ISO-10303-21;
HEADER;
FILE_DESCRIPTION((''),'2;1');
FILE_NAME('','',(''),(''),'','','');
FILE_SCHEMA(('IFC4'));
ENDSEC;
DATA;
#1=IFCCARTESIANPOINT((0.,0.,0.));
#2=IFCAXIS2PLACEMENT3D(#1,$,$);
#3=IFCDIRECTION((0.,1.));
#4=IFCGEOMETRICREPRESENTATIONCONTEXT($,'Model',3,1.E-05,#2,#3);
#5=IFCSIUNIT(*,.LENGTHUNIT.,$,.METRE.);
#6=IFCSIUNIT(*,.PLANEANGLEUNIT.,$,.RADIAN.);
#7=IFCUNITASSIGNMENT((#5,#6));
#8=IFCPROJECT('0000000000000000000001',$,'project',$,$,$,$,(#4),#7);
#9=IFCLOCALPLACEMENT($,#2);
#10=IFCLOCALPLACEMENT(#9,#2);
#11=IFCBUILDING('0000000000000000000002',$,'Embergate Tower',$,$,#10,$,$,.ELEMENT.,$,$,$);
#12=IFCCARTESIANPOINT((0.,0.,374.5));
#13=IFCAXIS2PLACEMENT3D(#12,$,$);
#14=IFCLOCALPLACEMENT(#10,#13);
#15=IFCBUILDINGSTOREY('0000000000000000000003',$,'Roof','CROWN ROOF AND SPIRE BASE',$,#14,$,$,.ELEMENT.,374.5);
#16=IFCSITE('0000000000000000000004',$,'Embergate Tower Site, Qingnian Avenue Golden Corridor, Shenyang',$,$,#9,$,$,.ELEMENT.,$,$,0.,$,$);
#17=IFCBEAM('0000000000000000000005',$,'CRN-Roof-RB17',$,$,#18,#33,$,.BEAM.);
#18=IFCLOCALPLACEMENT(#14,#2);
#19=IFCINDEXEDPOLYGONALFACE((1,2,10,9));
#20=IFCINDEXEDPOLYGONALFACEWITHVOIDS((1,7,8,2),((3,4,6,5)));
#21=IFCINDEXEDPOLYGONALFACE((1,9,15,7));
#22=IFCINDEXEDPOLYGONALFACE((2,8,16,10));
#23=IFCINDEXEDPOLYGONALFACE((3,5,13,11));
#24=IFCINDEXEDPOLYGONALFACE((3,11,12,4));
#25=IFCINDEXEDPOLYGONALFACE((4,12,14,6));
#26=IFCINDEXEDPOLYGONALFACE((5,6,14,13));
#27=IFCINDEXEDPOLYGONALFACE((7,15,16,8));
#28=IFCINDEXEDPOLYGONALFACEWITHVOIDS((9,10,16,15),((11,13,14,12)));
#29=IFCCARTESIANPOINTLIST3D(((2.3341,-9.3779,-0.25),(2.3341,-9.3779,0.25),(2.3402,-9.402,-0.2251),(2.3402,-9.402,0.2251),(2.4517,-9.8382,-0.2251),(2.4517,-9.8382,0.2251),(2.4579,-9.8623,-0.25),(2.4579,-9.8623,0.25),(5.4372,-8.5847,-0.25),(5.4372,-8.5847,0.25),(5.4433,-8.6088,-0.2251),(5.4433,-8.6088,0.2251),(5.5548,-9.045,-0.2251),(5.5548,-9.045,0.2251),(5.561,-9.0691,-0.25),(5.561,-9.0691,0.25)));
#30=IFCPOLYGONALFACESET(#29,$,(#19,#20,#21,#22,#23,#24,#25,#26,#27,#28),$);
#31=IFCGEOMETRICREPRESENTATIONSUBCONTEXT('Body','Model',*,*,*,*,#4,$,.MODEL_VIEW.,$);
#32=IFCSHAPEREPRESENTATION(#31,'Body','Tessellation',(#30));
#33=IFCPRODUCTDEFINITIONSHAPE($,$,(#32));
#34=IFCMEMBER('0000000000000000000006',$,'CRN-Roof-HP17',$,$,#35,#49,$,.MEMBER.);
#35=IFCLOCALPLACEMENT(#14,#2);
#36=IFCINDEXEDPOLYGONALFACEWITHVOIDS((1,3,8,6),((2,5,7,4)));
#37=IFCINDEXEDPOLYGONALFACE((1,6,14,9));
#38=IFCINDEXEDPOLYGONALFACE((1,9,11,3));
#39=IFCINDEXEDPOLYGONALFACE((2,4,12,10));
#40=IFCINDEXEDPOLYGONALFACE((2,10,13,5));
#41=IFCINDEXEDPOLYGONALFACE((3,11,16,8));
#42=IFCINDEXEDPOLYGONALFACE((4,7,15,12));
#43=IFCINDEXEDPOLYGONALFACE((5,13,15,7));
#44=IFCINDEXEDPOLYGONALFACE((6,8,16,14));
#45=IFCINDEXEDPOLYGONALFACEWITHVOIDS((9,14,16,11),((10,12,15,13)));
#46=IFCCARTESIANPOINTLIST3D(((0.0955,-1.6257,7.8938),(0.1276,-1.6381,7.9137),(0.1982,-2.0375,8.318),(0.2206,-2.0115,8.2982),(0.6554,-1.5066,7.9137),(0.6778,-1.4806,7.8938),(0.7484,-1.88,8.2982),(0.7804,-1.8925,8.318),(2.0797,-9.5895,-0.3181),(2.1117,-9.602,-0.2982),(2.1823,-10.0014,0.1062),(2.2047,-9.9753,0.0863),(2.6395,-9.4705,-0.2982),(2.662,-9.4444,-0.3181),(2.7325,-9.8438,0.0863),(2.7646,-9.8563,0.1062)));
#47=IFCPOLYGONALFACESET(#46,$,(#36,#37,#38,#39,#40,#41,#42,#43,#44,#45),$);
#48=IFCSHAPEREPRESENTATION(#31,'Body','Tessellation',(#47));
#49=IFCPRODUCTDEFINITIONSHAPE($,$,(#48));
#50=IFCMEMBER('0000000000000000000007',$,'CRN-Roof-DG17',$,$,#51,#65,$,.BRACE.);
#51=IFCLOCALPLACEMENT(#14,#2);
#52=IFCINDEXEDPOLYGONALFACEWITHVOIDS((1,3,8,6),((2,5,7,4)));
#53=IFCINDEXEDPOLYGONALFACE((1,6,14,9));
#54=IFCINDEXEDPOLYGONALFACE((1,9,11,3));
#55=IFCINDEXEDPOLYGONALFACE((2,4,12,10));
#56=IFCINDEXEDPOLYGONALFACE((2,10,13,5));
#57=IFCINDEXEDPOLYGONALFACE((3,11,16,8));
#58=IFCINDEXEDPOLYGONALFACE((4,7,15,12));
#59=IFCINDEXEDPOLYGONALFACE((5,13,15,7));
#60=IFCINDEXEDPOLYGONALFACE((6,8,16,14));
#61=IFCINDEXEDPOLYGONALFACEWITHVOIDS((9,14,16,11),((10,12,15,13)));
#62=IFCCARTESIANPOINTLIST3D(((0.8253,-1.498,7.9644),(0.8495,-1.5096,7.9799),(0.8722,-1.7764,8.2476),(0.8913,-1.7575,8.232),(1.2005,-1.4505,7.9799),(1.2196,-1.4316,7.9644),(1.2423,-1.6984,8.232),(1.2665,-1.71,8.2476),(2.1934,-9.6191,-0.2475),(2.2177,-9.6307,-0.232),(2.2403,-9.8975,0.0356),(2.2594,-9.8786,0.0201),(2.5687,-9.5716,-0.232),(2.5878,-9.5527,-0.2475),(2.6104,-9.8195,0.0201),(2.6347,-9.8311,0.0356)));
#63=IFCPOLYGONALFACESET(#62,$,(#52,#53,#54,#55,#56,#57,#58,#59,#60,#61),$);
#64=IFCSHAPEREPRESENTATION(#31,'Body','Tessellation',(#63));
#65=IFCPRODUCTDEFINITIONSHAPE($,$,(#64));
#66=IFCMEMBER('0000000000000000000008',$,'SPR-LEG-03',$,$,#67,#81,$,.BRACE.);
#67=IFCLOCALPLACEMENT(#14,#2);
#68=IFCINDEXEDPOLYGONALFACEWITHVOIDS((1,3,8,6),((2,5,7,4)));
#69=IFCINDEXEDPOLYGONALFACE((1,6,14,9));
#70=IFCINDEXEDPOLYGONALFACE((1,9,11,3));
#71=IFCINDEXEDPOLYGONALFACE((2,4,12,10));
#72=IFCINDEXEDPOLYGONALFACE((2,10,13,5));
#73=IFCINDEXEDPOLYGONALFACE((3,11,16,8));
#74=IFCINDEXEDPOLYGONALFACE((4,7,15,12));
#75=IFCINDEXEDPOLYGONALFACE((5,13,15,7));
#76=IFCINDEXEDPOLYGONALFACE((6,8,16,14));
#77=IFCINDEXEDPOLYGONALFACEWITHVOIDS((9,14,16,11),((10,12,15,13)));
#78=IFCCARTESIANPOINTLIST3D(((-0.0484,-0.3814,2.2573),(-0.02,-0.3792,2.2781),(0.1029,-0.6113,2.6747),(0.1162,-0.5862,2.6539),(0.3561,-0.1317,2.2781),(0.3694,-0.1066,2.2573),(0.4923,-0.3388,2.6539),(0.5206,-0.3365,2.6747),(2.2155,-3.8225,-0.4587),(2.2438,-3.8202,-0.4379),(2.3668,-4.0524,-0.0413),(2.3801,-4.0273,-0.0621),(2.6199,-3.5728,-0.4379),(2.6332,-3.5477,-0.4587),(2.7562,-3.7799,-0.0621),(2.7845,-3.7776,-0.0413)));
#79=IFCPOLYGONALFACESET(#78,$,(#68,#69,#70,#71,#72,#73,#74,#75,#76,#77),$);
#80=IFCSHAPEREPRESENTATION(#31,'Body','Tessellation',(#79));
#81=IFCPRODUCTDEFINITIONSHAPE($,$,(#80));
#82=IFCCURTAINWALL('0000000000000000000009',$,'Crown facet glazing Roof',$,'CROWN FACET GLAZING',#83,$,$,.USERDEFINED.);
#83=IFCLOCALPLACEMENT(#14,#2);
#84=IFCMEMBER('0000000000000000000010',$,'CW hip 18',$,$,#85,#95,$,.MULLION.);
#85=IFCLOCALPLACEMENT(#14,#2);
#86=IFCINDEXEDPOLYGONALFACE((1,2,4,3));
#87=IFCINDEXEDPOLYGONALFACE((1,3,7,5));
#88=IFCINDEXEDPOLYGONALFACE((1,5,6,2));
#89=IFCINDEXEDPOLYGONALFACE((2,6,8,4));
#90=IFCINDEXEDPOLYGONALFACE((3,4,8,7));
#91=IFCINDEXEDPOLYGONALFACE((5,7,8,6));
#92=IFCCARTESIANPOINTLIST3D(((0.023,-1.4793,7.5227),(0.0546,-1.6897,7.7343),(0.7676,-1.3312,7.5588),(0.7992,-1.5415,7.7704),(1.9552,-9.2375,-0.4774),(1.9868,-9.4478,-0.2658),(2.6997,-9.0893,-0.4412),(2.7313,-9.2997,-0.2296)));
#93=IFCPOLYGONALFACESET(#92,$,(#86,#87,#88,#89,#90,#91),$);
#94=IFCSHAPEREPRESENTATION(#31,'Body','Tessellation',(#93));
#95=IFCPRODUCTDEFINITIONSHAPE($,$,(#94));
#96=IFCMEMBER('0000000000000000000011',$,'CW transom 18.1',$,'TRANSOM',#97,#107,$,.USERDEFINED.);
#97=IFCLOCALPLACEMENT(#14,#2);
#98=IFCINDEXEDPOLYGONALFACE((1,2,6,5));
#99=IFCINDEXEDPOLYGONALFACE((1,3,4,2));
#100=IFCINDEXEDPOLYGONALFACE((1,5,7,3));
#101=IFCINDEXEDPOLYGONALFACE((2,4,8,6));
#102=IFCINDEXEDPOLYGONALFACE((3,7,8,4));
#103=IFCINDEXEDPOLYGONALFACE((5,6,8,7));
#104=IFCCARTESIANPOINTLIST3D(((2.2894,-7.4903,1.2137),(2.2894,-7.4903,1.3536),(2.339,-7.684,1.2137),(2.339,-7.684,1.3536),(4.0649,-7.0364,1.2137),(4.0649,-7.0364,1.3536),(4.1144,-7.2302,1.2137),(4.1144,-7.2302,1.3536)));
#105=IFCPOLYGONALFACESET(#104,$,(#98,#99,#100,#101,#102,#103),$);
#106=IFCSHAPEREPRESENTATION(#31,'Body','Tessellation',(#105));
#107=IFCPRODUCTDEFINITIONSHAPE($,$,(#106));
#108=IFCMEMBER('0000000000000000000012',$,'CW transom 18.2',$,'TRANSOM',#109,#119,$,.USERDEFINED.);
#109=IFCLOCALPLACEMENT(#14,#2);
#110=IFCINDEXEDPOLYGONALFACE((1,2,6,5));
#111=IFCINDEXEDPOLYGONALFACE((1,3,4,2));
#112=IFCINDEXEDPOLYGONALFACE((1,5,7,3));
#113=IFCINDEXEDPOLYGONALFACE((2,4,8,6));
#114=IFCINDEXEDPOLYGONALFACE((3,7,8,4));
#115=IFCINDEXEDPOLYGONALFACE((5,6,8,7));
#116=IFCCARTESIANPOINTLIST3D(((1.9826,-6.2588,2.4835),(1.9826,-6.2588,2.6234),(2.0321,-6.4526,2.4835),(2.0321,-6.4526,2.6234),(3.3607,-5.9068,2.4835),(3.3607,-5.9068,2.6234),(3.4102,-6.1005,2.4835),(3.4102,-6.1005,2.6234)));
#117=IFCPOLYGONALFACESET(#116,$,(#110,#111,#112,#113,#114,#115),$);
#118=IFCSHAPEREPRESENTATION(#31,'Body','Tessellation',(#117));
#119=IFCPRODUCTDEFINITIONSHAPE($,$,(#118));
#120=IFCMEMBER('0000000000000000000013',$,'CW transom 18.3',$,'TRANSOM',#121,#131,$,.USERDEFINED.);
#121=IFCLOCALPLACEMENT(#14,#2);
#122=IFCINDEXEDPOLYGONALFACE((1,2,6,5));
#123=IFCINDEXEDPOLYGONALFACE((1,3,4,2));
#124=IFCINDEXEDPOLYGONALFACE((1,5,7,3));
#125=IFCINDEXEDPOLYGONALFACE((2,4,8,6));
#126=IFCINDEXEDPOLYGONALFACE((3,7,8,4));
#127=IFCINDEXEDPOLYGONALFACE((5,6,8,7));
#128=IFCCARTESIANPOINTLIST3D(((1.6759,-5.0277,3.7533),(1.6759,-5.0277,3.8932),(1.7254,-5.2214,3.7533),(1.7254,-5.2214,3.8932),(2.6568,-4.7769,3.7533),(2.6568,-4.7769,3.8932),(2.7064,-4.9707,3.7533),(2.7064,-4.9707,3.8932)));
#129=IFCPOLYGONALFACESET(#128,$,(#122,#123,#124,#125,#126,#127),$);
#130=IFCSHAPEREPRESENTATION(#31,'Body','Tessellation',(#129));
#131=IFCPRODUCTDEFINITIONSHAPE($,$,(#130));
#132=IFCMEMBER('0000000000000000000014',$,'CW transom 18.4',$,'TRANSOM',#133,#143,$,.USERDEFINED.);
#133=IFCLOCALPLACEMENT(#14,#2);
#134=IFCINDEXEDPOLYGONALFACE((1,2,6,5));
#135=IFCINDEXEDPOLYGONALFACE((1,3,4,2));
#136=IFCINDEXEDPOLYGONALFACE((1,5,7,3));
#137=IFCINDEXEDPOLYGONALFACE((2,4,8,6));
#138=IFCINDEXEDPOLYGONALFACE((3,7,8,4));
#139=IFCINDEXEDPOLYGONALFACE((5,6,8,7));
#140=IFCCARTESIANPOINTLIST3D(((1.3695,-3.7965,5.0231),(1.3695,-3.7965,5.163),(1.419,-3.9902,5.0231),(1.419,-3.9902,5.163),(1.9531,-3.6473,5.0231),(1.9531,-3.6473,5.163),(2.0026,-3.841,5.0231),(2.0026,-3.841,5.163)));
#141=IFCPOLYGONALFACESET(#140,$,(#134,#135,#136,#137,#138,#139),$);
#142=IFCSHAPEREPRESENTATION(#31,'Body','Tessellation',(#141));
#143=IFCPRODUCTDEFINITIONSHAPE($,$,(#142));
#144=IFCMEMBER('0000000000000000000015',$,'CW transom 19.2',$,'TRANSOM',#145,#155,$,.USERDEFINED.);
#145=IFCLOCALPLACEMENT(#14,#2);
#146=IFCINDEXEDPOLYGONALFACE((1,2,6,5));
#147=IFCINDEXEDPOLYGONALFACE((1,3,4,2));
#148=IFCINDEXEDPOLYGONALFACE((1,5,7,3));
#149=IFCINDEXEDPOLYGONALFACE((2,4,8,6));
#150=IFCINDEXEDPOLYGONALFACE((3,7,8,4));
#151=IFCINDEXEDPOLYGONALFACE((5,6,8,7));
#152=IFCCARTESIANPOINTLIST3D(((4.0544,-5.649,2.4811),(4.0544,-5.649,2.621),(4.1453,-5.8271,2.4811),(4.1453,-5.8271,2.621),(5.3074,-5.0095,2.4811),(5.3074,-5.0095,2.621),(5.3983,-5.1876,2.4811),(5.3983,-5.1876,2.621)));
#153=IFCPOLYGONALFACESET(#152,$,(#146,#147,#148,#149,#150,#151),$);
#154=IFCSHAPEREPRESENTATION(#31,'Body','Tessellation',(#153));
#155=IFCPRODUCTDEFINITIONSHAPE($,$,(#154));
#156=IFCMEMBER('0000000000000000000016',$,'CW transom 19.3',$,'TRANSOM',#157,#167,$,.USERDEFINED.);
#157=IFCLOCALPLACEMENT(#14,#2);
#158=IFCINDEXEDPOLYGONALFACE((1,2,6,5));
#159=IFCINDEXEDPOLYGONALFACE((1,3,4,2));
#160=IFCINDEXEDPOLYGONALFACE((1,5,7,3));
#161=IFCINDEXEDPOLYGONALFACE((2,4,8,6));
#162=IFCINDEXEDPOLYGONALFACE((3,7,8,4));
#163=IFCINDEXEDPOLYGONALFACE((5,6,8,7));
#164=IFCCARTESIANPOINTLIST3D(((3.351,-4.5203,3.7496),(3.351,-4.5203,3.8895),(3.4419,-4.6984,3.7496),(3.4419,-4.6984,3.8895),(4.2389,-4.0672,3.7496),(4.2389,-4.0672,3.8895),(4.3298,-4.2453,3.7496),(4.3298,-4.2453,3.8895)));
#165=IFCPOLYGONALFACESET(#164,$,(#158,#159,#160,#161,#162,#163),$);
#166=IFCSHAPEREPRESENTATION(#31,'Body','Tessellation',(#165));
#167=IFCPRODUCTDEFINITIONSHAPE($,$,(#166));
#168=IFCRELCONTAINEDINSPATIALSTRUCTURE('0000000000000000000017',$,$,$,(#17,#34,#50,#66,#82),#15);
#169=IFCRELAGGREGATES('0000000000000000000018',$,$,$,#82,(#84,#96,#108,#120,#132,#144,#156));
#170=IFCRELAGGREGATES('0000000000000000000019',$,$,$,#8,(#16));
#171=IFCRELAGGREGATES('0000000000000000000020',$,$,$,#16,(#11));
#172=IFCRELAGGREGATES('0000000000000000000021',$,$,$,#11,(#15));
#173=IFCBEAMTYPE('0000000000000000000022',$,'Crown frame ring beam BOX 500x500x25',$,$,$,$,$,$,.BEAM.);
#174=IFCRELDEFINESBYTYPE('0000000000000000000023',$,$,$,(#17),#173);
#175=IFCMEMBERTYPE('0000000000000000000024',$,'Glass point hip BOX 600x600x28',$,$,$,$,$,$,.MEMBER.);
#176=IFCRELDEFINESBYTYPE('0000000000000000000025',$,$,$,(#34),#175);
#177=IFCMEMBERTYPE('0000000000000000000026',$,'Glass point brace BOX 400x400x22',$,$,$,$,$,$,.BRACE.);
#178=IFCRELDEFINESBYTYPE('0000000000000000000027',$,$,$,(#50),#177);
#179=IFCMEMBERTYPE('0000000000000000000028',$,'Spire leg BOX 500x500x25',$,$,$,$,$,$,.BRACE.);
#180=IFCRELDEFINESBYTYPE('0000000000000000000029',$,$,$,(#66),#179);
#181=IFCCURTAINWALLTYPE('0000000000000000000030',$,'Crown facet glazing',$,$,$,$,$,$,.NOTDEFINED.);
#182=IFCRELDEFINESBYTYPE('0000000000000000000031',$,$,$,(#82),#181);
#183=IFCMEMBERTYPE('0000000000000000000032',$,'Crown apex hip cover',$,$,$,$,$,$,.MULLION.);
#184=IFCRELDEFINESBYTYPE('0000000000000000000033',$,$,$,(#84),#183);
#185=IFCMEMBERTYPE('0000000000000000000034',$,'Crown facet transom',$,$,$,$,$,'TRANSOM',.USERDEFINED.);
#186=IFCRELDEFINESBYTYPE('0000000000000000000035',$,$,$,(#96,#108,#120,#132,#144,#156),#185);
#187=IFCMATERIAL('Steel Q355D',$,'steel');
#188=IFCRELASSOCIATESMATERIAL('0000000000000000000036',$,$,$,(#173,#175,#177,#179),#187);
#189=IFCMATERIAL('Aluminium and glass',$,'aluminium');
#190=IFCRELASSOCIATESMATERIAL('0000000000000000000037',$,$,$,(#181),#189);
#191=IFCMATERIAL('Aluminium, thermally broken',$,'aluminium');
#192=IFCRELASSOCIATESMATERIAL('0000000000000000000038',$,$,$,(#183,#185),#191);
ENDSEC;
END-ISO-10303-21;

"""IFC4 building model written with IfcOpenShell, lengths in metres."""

from ifc_helpers import new_model, si_unit, direction, frame, origin, origin_2d, place, context, subcontext, project, spatial, rectangle, hollow_rectangle, extrude, source, transform, mapped, material, material_profile, profile_set, type_object, element, aggregate, save


model = new_model("IFC4")

# Units and contexts
model_context = context("Model", 3, precision=1e-05, world=origin(), true_north=direction((0.0, 1.0)))
body_context = subcontext(model_context, "Body", "Model", "MODEL_VIEW")
ifc_project = project(units=[si_unit("LENGTHUNIT", "METRE"), si_unit("PLANEANGLEUNIT", "RADIAN")], contexts=[model_context])

# Site, building, storey
site_placement = place(None, origin())
site = spatial("IfcSite", under=ifc_project, at=site_placement, Name="Embergate Tower Site, Qingnian Avenue Golden Corridor, Shenyang", CompositionType="ELEMENT", RefElevation=0.0)
building_placement = place(site_placement, origin())
building = spatial("IfcBuilding", under=site, at=building_placement, Name="Embergate Tower", CompositionType="ELEMENT")
storey_placement = place(building_placement, frame((0.0, 0.0, 374.5)))
storey = spatial("IfcBuildingStorey", under=building, at=storey_placement, Name="Roof", Description="CROWN ROOF AND SPIRE BASE", CompositionType="ELEMENT", Elevation=374.5)

# Beam
ifc_material_1 = material(Name="Steel Q355D", Category="steel")
ifc_material_profile_1 = material_profile(ifc_material_1, hollow_rectangle(XDim=0.5, YDim=0.5, WallThickness=0.0249, at=origin_2d()), Name="BOX 500x500x25")
ifc_profile_set_1 = profile_set([ifc_material_profile_1], Name="Steel Q355 grade D")
beam_type = type_object("IfcBeamType", Name="Crown frame ring beam BOX 500x500x25", PredefinedType="BEAM", material=ifc_profile_set_1)
shared_shape_1 = source(origin(), body_context, "Body", "SweptSolid", [
    extrude(hollow_rectangle(XDim=0.5, YDim=0.5, WallThickness=0.0249, at=origin_2d()), origin(), (0.0, 0.0, 1.0), 3.2029),
])
beam_placement = place(storey_placement, frame((2.396, -9.6201, 0.0), z_axis=(0.968847, 0.247662, 0.0), x_axis=(-0.247662, 0.968847, 0.0)))
element("IfcBeam", 1, at=beam_placement, inside=storey, type_object=beam_type, Name="CRN-Roof-RB17", PredefinedType="BEAM", context=body_context, shape_type="MappedRepresentation", body=[
    mapped(shared_shape_1, transform((0.0, 0.0, 0.0))),
])

# Members
ifc_material_profile_2 = material_profile(ifc_material_1, hollow_rectangle(XDim=0.6001, YDim=0.6001, WallThickness=0.0281, at=origin_2d()), Name="BOX 600x600x28")
ifc_profile_set_2 = profile_set([ifc_material_profile_2], Name="Steel Q355 grade D")
member_type_1 = type_object("IfcMemberType", Name="Glass point hip BOX 600x600x28", PredefinedType="MEMBER", material=ifc_profile_set_2)
shared_shape_2 = source(origin(), body_context, "Body", "SweptSolid", [
    extrude(hollow_rectangle(XDim=0.6001, YDim=0.6001, WallThickness=0.0281, at=origin_2d()), origin(), (0.0, 0.0, 1.0), 11.6101),
])
member_1_placement = place(storey_placement, frame((2.4221, -9.7229, -0.106), z_axis=(-0.170896, 0.68594, 0.707305), x_axis=(-0.970338, -0.241752, 0.0)))
element("IfcMember", 2, at=member_1_placement, inside=storey, type_object=member_type_1, Name="CRN-Roof-HP17", PredefinedType="MEMBER", context=body_context, shape_type="MappedRepresentation", body=[
    mapped(shared_shape_2, transform((0.0, 0.0, 0.0))),
])
ifc_material_profile_3 = material_profile(ifc_material_1, hollow_rectangle(XDim=0.3999, YDim=0.3999, WallThickness=0.022, at=origin_2d()), Name="BOX 400x400x22")
ifc_profile_set_3 = profile_set([ifc_material_profile_3], Name="Steel Q355 grade D")
member_type_2 = type_object("IfcMemberType", Name="Glass point brace BOX 400x400x22", PredefinedType="BRACE", material=ifc_profile_set_3)
shared_shape_3 = source(origin(), body_context, "Body", "SweptSolid", [
    extrude(hollow_rectangle(XDim=0.3999, YDim=0.3999, WallThickness=0.022, at=origin_2d()), origin(), (0.0, 0.0, 1.0), 11.6301),
])
member_2_placement = place(storey_placement, frame((2.4141, -9.7251, -0.106), z_axis=(-0.11764, 0.698281, 0.706091), x_axis=(-0.986104, -0.166129, 0.0)))
element("IfcMember", 3, at=member_2_placement, inside=storey, type_object=member_type_2, Name="CRN-Roof-DG17", PredefinedType="BRACE", context=body_context, shape_type="MappedRepresentation", body=[
    mapped(shared_shape_3, transform((0.0, 0.0, 0.0))),
])
ifc_material_profile_4 = material_profile(ifc_material_1, hollow_rectangle(XDim=0.5, YDim=0.5, WallThickness=0.0249, at=origin_2d()), Name="BOX 500x500x25")
ifc_profile_set_4 = profile_set([ifc_material_profile_4], Name="Steel Q355 grade D")
member_type_3 = type_object("IfcMemberType", Name="Spire leg BOX 500x500x25", PredefinedType="BRACE", material=ifc_profile_set_4)
shared_shape_4 = source(origin(), body_context, "Body", "SweptSolid", [
    extrude(hollow_rectangle(XDim=0.5, YDim=0.5, WallThickness=0.0249, at=origin_2d()), origin(), (0.0, 0.0, 1.0), 4.9338),
])
member_3_placement = place(storey_placement, frame((2.5, -3.8, -0.25), z_axis=(-0.458844, 0.697445, 0.550484), x_axis=(-0.835418, -0.549615, 0.0)))
element("IfcMember", 4, at=member_3_placement, inside=storey, type_object=member_type_3, Name="SPR-LEG-03", PredefinedType="BRACE", context=body_context, shape_type="MappedRepresentation", body=[
    mapped(shared_shape_4, transform((0.0, 0.0, 0.0))),
])

# Curtain wall, members
ifc_material_2 = material(Name="Aluminium and glass", Category="aluminium")
curtain_wall_type = type_object("IfcCurtainWallType", Name="Crown facet glazing", PredefinedType="NOTDEFINED", material=ifc_material_2)
curtain_wall_placement = place(storey_placement, origin())
curtain_wall = element("IfcCurtainWall", 5, at=curtain_wall_placement, inside=storey, type_object=curtain_wall_type, Name="Crown facet glazing Roof", ObjectType="CROWN FACET GLAZING", PredefinedType="USERDEFINED")
ifc_material_3 = material(Name="Aluminium, thermally broken", Category="aluminium")
ifc_material_profile_5 = material_profile(ifc_material_3, rectangle(XDim=0.3, YDim=0.76, at=origin_2d()), Name="AL 760x300")
ifc_profile_set_5 = profile_set([ifc_material_profile_5], Name="Aluminium, thermally broken")
member_type_4 = type_object("IfcMemberType", Name="Crown apex hip cover", PredefinedType="MULLION", material=ifc_profile_set_5)
shared_shape_5 = source(origin(), body_context, "Body", "SweptSolid", [
    extrude(rectangle(XDim=0.3, YDim=0.76, at=origin_2d()), origin(), (0.0, 0.0, 1.0), 11.3103),
])
member_4_placement = place(storey_placement, frame((2.3433, -9.2686, -0.3535), z_axis=(-0.170831, 0.685935, 0.707326), x_axis=(0.10525, -0.701068, 0.705285)))
member_4 = element("IfcMember", 6, at=member_4_placement, type_object=member_type_4, Name="CW hip 18", PredefinedType="MULLION", context=body_context, shape_type="MappedRepresentation", body=[
    mapped(shared_shape_5, transform((0.0, 0.0, 0.0))),
])
ifc_material_profile_6 = material_profile(ifc_material_3, rectangle(XDim=0.2, YDim=0.1399, at=origin_2d()), Name="AL 140x200")
ifc_profile_set_6 = profile_set([ifc_material_profile_6], Name="Aluminium, thermally broken")
member_type_5 = type_object("IfcMemberType", Name="Crown facet transom", ElementType="TRANSOM", PredefinedType="USERDEFINED", material=ifc_profile_set_6)
shared_shape_6 = source(origin(), body_context, "Body", "SweptSolid", [
    extrude(rectangle(XDim=0.2, YDim=0.1399, at=origin_2d()), origin(), (0.0, 0.0, 1.0), 1.8325),
])
member_5_placement = place(storey_placement, frame((2.3142, -7.5872, 1.2837), z_axis=(0.968844, 0.247673, 0.0), x_axis=(-0.247673, 0.968844, 0.0)))
member_5 = element("IfcMember", 7, at=member_5_placement, type_object=member_type_5, Name="CW transom 18.1", ObjectType="TRANSOM", PredefinedType="USERDEFINED", context=body_context, shape_type="MappedRepresentation", body=[
    mapped(shared_shape_6, transform((0.0, 0.0, 0.0))),
])
shared_shape_7 = source(origin(), body_context, "Body", "SweptSolid", [
    extrude(rectangle(XDim=0.2, YDim=0.1399, at=origin_2d()), origin(), (0.0, 0.0, 1.0), 1.4224),
])
member_6_placement = place(storey_placement, frame((2.0073, -6.3557, 2.5535), z_axis=(0.968888, 0.2475, 0.0), x_axis=(-0.2475, 0.968888, 0.0)))
member_6 = element("IfcMember", 8, at=member_6_placement, type_object=member_type_5, Name="CW transom 18.2", ObjectType="TRANSOM", PredefinedType="USERDEFINED", context=body_context, shape_type="MappedRepresentation", body=[
    mapped(shared_shape_7, transform((0.0, 0.0, 0.0))),
])
shared_shape_8 = source(origin(), body_context, "Body", "SweptSolid", [
    extrude(rectangle(XDim=0.2, YDim=0.1399, at=origin_2d()), origin(), (0.0, 0.0, 1.0), 1.0125),
])
member_7_placement = place(storey_placement, frame((1.7007, -5.1245, 3.8232), z_axis=(0.968853, 0.247639, 0.0), x_axis=(-0.247639, 0.968853, 0.0)))
member_7 = element("IfcMember", 9, at=member_7_placement, type_object=member_type_5, Name="CW transom 18.3", ObjectType="TRANSOM", PredefinedType="USERDEFINED", context=body_context, shape_type="MappedRepresentation", body=[
    mapped(shared_shape_8, transform((0.0, 0.0, 0.0))),
])
shared_shape_9 = source(origin(), body_context, "Body", "SweptSolid", [
    extrude(rectangle(XDim=0.2, YDim=0.1399, at=origin_2d()), origin(), (0.0, 0.0, 1.0), 0.6023),
])
member_8_placement = place(storey_placement, frame((1.3943, -3.8933, 5.093), z_axis=(0.968841, 0.247683, 0.0), x_axis=(-0.247683, 0.968841, 0.0)))
member_8 = element("IfcMember", 10, at=member_8_placement, type_object=member_type_5, Name="CW transom 18.4", ObjectType="TRANSOM", PredefinedType="USERDEFINED", context=body_context, shape_type="MappedRepresentation", body=[
    mapped(shared_shape_9, transform((0.0, 0.0, 0.0))),
])
shared_shape_10 = source(origin(), body_context, "Body", "SweptSolid", [
    extrude(rectangle(XDim=0.2, YDim=0.1399, at=origin_2d()), origin(), (0.0, 0.0, 1.0), 1.4067),
])
member_9_placement = place(storey_placement, frame((4.0999, -5.738, 2.551), z_axis=(0.890717, 0.454557, 0.0), x_axis=(-0.454557, 0.890717, 0.0)))
member_9 = element("IfcMember", 11, at=member_9_placement, type_object=member_type_5, Name="CW transom 19.2", ObjectType="TRANSOM", PredefinedType="USERDEFINED", context=body_context, shape_type="MappedRepresentation", body=[
    mapped(shared_shape_10, transform((0.0, 0.0, 0.0))),
])
shared_shape_11 = source(origin(), body_context, "Body", "SweptSolid", [
    extrude(rectangle(XDim=0.2, YDim=0.1399, at=origin_2d()), origin(), (0.0, 0.0, 1.0), 0.9968),
])
member_10_placement = place(storey_placement, frame((3.3965, -4.6094, 3.8196), z_axis=(0.890723, 0.454546, 0.0), x_axis=(-0.454546, 0.890723, 0.0)))
member_10 = element("IfcMember", 12, at=member_10_placement, type_object=member_type_5, Name="CW transom 19.3", ObjectType="TRANSOM", PredefinedType="USERDEFINED", context=body_context, shape_type="MappedRepresentation", body=[
    mapped(shared_shape_11, transform((0.0, 0.0, 0.0))),
])
aggregate(curtain_wall, [member_4, member_5, member_6, member_7, member_8, member_9, member_10])

save(model, "model.ifc")
